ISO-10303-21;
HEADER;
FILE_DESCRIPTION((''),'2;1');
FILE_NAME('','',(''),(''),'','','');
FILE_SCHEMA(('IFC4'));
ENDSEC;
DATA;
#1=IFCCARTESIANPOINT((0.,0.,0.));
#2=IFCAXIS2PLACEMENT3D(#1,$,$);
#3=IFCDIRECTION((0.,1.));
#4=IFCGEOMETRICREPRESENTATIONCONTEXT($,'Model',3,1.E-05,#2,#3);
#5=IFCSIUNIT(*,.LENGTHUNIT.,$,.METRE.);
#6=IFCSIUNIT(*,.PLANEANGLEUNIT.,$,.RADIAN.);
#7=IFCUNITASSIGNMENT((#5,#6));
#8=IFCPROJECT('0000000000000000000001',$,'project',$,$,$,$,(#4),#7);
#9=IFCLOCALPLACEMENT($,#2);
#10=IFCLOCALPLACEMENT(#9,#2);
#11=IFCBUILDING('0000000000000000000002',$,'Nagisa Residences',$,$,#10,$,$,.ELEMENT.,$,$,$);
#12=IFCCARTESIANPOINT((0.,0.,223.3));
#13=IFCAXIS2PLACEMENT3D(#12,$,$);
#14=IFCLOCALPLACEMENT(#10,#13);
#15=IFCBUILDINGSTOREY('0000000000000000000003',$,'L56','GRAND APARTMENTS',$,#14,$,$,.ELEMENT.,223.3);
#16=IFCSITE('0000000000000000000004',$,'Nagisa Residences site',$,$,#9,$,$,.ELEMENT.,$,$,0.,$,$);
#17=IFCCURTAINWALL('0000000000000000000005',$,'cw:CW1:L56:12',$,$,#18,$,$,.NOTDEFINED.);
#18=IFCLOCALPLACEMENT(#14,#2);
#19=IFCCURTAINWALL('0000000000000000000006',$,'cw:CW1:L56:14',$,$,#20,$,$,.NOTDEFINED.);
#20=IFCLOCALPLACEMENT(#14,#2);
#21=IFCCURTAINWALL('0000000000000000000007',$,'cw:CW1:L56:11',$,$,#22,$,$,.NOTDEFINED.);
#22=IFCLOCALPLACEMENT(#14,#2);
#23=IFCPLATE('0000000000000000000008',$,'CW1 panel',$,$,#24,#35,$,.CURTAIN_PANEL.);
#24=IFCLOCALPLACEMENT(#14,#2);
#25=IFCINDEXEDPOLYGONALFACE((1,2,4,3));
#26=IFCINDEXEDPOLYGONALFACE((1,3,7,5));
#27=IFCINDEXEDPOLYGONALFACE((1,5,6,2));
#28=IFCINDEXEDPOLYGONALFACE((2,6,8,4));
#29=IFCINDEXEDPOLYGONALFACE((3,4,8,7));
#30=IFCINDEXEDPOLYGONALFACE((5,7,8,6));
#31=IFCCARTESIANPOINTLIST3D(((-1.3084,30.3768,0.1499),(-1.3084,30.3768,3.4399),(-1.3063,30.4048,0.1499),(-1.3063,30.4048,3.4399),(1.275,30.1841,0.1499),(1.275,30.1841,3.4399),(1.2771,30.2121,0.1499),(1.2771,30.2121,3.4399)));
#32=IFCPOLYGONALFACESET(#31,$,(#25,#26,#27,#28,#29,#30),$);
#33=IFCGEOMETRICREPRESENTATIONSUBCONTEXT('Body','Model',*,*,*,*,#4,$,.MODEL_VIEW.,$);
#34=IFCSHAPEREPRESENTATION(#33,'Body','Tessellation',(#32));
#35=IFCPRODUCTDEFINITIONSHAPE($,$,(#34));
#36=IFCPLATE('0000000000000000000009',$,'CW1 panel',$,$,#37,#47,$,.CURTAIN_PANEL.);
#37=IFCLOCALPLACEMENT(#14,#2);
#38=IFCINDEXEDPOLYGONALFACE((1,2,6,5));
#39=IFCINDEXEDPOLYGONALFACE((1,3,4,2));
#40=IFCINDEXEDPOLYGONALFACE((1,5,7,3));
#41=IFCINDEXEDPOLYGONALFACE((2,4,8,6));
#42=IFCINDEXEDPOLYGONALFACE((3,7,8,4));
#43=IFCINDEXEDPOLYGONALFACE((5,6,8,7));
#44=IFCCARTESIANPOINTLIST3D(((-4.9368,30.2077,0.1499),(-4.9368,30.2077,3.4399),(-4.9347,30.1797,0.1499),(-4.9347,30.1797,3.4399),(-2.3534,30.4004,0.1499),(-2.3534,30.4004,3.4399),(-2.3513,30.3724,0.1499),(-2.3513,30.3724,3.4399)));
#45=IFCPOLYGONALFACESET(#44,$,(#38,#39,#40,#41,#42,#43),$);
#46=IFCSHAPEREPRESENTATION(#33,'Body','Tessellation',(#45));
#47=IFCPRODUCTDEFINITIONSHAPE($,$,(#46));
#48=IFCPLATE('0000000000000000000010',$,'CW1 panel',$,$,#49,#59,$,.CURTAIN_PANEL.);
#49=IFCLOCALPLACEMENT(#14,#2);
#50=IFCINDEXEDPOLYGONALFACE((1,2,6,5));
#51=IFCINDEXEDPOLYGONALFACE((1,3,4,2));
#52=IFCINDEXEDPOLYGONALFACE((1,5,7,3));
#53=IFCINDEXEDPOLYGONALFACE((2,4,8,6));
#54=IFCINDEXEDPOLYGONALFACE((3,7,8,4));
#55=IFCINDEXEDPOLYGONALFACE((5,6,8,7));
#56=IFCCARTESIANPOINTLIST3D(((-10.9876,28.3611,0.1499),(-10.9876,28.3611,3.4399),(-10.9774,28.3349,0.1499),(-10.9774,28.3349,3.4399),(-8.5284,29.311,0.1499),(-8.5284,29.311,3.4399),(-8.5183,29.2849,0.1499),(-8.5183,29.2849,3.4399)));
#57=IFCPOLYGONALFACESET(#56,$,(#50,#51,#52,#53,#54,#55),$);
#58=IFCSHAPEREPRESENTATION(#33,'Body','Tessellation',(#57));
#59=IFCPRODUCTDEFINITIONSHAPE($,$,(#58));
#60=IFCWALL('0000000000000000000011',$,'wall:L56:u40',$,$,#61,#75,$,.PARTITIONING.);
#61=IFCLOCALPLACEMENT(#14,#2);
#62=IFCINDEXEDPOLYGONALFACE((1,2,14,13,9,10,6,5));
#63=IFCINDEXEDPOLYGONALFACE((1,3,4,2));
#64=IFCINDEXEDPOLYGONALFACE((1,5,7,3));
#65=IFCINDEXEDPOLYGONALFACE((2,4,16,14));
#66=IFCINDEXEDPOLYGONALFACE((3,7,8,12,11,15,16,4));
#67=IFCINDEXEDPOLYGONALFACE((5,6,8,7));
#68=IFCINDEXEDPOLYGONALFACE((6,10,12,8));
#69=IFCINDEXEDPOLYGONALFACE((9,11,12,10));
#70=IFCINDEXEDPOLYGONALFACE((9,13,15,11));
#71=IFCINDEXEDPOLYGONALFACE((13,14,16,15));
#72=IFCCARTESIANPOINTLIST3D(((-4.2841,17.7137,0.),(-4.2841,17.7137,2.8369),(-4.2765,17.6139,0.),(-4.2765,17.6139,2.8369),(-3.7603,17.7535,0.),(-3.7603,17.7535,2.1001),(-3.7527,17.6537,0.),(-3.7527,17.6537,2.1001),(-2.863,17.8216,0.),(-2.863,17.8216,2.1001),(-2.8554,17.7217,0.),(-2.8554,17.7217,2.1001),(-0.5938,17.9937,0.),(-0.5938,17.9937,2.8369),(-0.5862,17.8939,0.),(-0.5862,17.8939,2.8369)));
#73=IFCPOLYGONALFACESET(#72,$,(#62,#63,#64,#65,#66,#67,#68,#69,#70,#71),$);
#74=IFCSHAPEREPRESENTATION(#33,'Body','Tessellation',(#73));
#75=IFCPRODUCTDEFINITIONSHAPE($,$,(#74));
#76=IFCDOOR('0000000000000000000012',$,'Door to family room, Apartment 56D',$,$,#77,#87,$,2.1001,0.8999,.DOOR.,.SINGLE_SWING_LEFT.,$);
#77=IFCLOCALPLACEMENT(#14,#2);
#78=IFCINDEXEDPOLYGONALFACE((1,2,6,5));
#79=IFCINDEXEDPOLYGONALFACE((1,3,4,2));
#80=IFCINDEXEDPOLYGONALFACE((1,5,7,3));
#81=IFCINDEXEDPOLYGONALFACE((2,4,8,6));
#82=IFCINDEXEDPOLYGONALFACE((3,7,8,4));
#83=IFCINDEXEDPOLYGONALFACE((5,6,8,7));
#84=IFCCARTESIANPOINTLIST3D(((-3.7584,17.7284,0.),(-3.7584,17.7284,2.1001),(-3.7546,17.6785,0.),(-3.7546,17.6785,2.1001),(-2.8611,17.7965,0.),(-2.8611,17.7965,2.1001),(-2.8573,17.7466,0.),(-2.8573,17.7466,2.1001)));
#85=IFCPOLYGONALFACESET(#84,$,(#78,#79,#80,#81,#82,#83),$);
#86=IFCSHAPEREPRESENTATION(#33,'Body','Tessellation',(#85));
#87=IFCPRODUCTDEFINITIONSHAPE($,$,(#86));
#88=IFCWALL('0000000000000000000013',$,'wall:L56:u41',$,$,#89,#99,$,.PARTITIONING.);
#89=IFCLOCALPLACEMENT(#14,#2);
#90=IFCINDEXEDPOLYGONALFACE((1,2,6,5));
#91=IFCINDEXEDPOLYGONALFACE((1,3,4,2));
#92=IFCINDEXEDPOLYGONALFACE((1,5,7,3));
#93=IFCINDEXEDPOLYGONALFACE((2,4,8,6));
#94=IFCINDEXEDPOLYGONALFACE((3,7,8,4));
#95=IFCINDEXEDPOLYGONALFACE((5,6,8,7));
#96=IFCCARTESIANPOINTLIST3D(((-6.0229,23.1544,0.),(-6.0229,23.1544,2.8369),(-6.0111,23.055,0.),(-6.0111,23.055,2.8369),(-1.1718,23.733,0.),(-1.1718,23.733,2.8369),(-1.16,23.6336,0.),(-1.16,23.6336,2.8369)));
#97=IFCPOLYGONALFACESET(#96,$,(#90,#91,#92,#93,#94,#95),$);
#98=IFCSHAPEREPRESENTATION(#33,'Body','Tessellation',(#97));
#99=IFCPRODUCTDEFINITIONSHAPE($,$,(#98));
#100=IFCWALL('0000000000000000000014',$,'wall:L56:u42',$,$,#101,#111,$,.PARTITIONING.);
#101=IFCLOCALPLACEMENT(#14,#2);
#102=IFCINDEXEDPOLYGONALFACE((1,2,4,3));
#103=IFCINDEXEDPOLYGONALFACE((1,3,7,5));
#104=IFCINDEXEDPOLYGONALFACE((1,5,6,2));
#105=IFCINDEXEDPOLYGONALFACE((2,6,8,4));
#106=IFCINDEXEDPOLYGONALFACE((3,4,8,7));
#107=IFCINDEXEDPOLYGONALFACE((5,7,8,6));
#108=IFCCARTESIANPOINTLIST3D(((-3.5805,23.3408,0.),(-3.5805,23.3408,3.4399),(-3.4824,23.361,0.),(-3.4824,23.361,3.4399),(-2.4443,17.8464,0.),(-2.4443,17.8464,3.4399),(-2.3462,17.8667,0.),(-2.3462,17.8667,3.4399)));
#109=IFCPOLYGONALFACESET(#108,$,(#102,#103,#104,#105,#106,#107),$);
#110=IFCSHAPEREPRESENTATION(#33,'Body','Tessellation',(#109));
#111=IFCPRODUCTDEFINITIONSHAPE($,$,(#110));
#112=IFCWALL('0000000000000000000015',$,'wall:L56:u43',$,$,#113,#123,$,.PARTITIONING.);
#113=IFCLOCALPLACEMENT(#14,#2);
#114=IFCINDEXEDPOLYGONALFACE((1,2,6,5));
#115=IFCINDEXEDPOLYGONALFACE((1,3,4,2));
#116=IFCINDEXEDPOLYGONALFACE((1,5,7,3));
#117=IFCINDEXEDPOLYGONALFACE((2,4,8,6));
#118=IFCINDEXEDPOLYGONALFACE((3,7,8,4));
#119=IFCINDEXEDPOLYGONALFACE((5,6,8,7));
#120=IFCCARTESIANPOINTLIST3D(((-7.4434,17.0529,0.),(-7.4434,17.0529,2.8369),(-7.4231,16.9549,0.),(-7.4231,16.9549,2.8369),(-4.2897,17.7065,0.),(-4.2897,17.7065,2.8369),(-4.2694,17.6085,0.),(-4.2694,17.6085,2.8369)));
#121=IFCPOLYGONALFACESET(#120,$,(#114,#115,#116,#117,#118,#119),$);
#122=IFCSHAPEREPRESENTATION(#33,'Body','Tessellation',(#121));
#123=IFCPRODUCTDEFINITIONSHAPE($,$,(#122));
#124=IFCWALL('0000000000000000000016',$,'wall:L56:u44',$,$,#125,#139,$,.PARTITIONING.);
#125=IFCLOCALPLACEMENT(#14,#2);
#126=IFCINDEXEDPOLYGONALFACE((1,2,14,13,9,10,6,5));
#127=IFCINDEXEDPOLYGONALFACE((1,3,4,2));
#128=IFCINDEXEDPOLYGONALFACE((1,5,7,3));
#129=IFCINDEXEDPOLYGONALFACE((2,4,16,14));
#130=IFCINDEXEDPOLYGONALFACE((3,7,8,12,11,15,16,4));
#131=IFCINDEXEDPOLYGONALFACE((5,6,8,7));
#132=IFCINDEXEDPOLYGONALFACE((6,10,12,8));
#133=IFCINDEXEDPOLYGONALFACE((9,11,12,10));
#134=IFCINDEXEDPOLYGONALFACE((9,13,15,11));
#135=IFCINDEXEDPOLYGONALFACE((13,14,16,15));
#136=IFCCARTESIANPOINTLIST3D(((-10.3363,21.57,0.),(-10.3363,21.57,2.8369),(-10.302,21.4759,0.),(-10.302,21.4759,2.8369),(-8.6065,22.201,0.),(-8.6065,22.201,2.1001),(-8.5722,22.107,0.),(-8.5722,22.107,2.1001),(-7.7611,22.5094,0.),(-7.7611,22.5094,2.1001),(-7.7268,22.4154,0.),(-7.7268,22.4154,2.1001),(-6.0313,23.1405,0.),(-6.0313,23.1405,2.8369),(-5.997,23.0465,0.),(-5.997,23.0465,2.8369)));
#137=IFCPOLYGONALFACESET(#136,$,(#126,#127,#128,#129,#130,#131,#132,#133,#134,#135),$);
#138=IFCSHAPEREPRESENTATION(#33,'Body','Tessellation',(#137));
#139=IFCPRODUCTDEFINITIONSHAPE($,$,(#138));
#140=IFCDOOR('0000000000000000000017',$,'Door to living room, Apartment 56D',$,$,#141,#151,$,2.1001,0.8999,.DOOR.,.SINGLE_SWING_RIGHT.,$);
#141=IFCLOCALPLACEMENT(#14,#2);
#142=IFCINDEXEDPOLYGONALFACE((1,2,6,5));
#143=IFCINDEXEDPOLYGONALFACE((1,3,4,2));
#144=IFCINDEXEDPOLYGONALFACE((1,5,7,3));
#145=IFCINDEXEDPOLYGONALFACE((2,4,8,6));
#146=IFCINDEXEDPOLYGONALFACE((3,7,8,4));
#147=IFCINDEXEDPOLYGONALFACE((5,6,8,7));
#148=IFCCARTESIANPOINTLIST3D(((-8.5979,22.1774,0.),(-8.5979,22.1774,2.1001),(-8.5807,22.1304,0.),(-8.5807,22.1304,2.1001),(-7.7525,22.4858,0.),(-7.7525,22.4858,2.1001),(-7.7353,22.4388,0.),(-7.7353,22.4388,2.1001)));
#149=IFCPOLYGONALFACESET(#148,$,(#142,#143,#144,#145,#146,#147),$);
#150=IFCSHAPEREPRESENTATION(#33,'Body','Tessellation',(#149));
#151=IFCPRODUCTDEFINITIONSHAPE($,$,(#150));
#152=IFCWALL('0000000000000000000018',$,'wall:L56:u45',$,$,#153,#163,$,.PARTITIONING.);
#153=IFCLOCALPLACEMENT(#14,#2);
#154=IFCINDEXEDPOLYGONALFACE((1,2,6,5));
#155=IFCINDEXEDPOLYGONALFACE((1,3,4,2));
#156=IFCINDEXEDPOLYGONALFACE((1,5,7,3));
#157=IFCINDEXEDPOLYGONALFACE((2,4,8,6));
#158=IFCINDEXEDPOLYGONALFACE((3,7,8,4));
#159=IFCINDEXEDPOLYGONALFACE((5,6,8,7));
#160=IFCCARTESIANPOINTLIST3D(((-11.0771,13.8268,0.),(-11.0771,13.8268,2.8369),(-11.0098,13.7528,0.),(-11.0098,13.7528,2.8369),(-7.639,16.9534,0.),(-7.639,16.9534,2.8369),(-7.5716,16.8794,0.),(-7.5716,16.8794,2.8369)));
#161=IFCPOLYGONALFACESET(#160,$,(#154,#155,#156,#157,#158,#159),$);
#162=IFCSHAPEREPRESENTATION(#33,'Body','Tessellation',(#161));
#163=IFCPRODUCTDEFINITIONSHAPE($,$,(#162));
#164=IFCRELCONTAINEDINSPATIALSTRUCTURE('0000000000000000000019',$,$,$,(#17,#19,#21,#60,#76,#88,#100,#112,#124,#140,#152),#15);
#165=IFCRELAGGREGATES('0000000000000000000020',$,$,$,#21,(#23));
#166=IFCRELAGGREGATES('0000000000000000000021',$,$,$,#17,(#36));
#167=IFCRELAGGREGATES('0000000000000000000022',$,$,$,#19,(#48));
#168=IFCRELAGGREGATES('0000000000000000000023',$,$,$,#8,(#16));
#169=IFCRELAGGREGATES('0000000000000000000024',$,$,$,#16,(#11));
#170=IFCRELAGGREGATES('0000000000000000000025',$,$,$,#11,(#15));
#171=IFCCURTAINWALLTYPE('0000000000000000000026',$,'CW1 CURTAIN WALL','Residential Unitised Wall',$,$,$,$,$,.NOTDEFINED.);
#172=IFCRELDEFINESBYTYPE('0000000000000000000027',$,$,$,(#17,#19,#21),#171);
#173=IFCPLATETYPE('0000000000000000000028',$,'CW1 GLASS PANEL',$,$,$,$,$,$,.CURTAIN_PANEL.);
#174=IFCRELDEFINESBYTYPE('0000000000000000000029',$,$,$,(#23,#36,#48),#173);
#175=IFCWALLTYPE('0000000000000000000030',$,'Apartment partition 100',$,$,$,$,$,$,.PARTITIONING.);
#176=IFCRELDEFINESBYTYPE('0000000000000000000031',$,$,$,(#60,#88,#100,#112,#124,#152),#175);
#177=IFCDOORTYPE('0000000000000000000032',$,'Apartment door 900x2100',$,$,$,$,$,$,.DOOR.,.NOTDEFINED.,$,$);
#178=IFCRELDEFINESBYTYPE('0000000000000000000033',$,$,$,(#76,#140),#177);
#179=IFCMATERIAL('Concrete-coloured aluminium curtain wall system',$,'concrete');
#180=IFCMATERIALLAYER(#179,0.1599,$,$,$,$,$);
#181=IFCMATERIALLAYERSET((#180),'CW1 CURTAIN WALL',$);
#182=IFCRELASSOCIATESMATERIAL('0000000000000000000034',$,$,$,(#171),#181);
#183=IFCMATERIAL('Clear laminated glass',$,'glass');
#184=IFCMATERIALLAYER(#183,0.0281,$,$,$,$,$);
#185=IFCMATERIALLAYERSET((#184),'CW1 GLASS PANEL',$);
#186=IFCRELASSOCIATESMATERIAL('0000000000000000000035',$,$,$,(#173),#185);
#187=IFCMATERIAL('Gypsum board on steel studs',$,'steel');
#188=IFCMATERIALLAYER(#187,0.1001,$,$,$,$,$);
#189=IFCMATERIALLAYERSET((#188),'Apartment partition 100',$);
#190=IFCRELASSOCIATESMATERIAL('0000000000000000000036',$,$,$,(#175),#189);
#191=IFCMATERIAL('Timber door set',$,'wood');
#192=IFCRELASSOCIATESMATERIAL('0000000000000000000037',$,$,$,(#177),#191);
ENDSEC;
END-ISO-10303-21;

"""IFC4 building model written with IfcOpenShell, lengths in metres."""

from ifc_helpers import new_model, si_unit, direction, frame, frame_2d, origin, origin_2d, place, context, subcontext, project, spatial, rectangle, extrude, material, layer, layer_set, type_object, element, fill, aggregate, save


model = new_model("IFC4")

# Units and contexts
model_context = context("Model", 3, precision=1e-05, world=origin(), true_north=direction((0.0, 1.0)))
body_context = subcontext(model_context, "Body", "Model", "MODEL_VIEW")
ifc_project = project(units=[si_unit("LENGTHUNIT", "METRE"), si_unit("PLANEANGLEUNIT", "RADIAN")], contexts=[model_context])

# Site, building, storey
site_placement = place(None, origin())
site = spatial("IfcSite", under=ifc_project, at=site_placement, Name="Nagisa Residences site", CompositionType="ELEMENT", RefElevation=0.0)
building_placement = place(site_placement, origin())
building = spatial("IfcBuilding", under=site, at=building_placement, Name="Nagisa Residences", CompositionType="ELEMENT")
storey_placement = place(building_placement, frame((0.0, 0.0, 223.3)))
storey = spatial("IfcBuildingStorey", under=building, at=storey_placement, Name="L56", Description="GRAND APARTMENTS", CompositionType="ELEMENT", Elevation=223.3)

# Curtain walls
ifc_material_1 = material(Name="Concrete-coloured aluminium curtain wall system", Category="concrete")
ifc_layer_1 = layer(ifc_material_1, 0.1599)
ifc_layer_set_1 = layer_set([ifc_layer_1], Name="CW1 CURTAIN WALL")
curtain_wall_type = type_object("IfcCurtainWallType", Name="CW1 CURTAIN WALL", Description="Residential Unitised Wall", PredefinedType="NOTDEFINED", material=ifc_layer_set_1)
curtain_wall_1_placement = place(storey_placement, origin())
curtain_wall_1 = element("IfcCurtainWall", 1, at=curtain_wall_1_placement, inside=storey, type_object=curtain_wall_type, Name="cw:CW1:L56:12", PredefinedType="NOTDEFINED")
curtain_wall_2_placement = place(storey_placement, origin())
curtain_wall_2 = element("IfcCurtainWall", 2, at=curtain_wall_2_placement, inside=storey, type_object=curtain_wall_type, Name="cw:CW1:L56:14", PredefinedType="NOTDEFINED")

# Curtain wall, plate
curtain_wall_3_placement = place(storey_placement, origin())
curtain_wall_3 = element("IfcCurtainWall", 3, at=curtain_wall_3_placement, inside=storey, type_object=curtain_wall_type, Name="cw:CW1:L56:11", PredefinedType="NOTDEFINED")
ifc_material_2 = material(Name="Clear laminated glass", Category="glass")
ifc_layer_2 = layer(ifc_material_2, 0.0281)
ifc_layer_set_2 = layer_set([ifc_layer_2], Name="CW1 GLASS PANEL")
plate_type = type_object("IfcPlateType", Name="CW1 GLASS PANEL", PredefinedType="CURTAIN_PANEL", material=ifc_layer_set_2)
plate_1_placement = place(storey_placement, frame((-0.0156, 30.2944, 0.1499), z_axis=(0.0, 0.0, 1.0), x_axis=(-0.99723, 0.074377, 0.0)))
plate_1 = element("IfcPlate", 4, at=plate_1_placement, type_object=plate_type, Name="CW1 panel", PredefinedType="CURTAIN_PANEL", context=body_context, shape_type="SweptSolid", body=[
    extrude(rectangle(XDim=2.5906, YDim=0.0281, at=origin_2d()), origin(), (0.0, 0.0, 1.0), 3.29),
])
aggregate(curtain_wall_3, [plate_1])

# Plates
plate_2_placement = place(storey_placement, frame((-3.644, 30.29, 0.1499), z_axis=(0.0, 0.0, 1.0), x_axis=(-0.99723, -0.074377, 0.0)))
plate_2 = element("IfcPlate", 5, at=plate_2_placement, type_object=plate_type, Name="CW1 panel", PredefinedType="CURTAIN_PANEL", context=body_context, shape_type="SweptSolid", body=[
    extrude(rectangle(XDim=2.5906, YDim=0.0281, at=origin_2d()), origin(), (0.0, 0.0, 1.0), 3.29),
])
aggregate(curtain_wall_1, [plate_2])
plate_3_placement = place(storey_placement, frame((-9.7529, 28.823, 0.1499), z_axis=(0.0, 0.0, 1.0), x_axis=(-0.932826, -0.360328, 0.0)))
plate_3 = element("IfcPlate", 6, at=plate_3_placement, type_object=plate_type, Name="CW1 panel", PredefinedType="CURTAIN_PANEL", context=body_context, shape_type="SweptSolid", body=[
    extrude(rectangle(XDim=2.6362, YDim=0.0281, at=origin_2d()), origin(), (0.0, 0.0, 1.0), 3.29),
])
aggregate(curtain_wall_2, [plate_3])

# Wall, opening, door
ifc_material_3 = material(Name="Gypsum board on steel studs", Category="steel")
ifc_layer_3 = layer(ifc_material_3, 0.1001)
ifc_layer_set_3 = layer_set([ifc_layer_3], Name="Apartment partition 100")
wall_type_1 = type_object("IfcWallType", Name="Apartment partition 100", PredefinedType="PARTITIONING", material=ifc_layer_set_3)
wall_1_placement = place(storey_placement, frame((-0.5898, 17.9438, 0.0), z_axis=(0.0, 0.0, 1.0), x_axis=(-0.997133, -0.075662, 0.0)))
wall_1 = element("IfcWall", 7, at=wall_1_placement, inside=storey, type_object=wall_type_1, Name="wall:L56:u40", PredefinedType="PARTITIONING", context=body_context, shape_type="SweptSolid", body=[
    extrude(rectangle(XDim=3.7009, YDim=0.1001, at=frame_2d((1.8506, 0.0))), origin(), (0.0, 0.0, 1.0), 2.8369),
])
opening_1_placement = place(wall_1_placement, frame((2.2759, 0.0, 0.0)))
opening_1 = element("IfcOpeningElement", 8, at=opening_1_placement, cuts=wall_1, PredefinedType="OPENING", context=body_context, shape_type="SweptSolid", body=[
    extrude(rectangle(XDim=0.8999, YDim=2.1001, at=frame_2d((0.45, 1.05))), frame((0.0, 0.0601, 0.0), z_axis=(0.0, -1.0, 0.0), x_axis=(1.0, 0.0, 0.0)), (0.0, 0.0, 1.0), 0.1201),
])
ifc_material_4 = material(Name="Timber door set", Category="wood")
door_type_1 = type_object("IfcDoorType", Name="Apartment door 900x2100", OperationType="NOTDEFINED", PredefinedType="DOOR", material=ifc_material_4)
door_1_placement = place(opening_1_placement, frame((0.8999, 0.0, 0.0), x_axis=(-1.0, 0.0, 0.0)))
door_1 = element("IfcDoor", 9, at=door_1_placement, inside=storey, type_object=door_type_1, Name="Door to family room, Apartment 56D", OperationType="SINGLE_SWING_LEFT", OverallHeight=2.1001, OverallWidth=0.8999, PredefinedType="DOOR", context=body_context, shape_type="SweptSolid", body=[
    extrude(rectangle(XDim=0.8999, YDim=2.1001, at=frame_2d((0.45, 1.05))), frame((0.0, 0.0249, 0.0), z_axis=(0.0, -1.0, 0.0), x_axis=(1.0, 0.0, 0.0)), (0.0, 0.0, 1.0), 0.05),
])
fill(opening_1, door_1)

# Walls
wall_2_placement = place(storey_placement, frame((-1.1658, 23.6833, 0.0), z_axis=(0.0, 0.0, 1.0), x_axis=(-0.992962, -0.118436, 0.0)))
element("IfcWall", 10, at=wall_2_placement, inside=storey, type_object=wall_type_1, Name="wall:L56:u41", PredefinedType="PARTITIONING", context=body_context, shape_type="SweptSolid", body=[
    extrude(rectangle(XDim=4.8855, YDim=0.1001, at=frame_2d((2.4429, 0.0))), origin(), (0.0, 0.0, 1.0), 2.8369),
])
wall_3_placement = place(storey_placement, frame((-2.3953, 17.8567, 0.0), z_axis=(0.0, 0.0, 1.0), x_axis=(-0.202514, 0.979279, 0.0)))
element("IfcWall", 11, at=wall_3_placement, inside=storey, type_object=wall_type_1, Name="wall:L56:u42", PredefinedType="PARTITIONING", context=body_context, shape_type="SweptSolid", body=[
    extrude(rectangle(XDim=5.6106, YDim=0.1001, at=frame_2d((2.8052, 0.0))), origin(), (0.0, 0.0, 1.0), 3.4399),
])
wall_4_placement = place(storey_placement, frame((-4.2795, 17.6575, 0.0), z_axis=(0.0, 0.0, 1.0), x_axis=(-0.979196, -0.202919, 0.0)))
element("IfcWall", 12, at=wall_4_placement, inside=storey, type_object=wall_type_1, Name="wall:L56:u43", PredefinedType="PARTITIONING", context=body_context, shape_type="SweptSolid", body=[
    extrude(rectangle(XDim=3.2207, YDim=0.1001, at=frame_2d((1.6104, 0.0))), origin(), (0.0, 0.0, 1.0), 2.8369),
])

# Wall, opening, door
wall_5_placement = place(storey_placement, frame((-6.0142, 23.0935, 0.0), z_axis=(0.0, 0.0, 1.0), x_axis=(-0.939434, -0.342731, 0.0)))
wall_5 = element("IfcWall", 13, at=wall_5_placement, inside=storey, type_object=wall_type_1, Name="wall:L56:u44", PredefinedType="PARTITIONING", context=body_context, shape_type="SweptSolid", body=[
    extrude(rectangle(XDim=4.5825, YDim=0.1001, at=frame_2d((2.2913, 0.0))), origin(), (0.0, 0.0, 1.0), 2.8369),
])
opening_2_placement = place(wall_5_placement, frame((1.8413, 0.0, 0.0)))
opening_2 = element("IfcOpeningElement", 14, at=opening_2_placement, cuts=wall_5, PredefinedType="OPENING", context=body_context, shape_type="SweptSolid", body=[
    extrude(rectangle(XDim=0.8999, YDim=2.1001, at=frame_2d((0.45, 1.05))), frame((0.0, 0.0601, 0.0), z_axis=(0.0, -1.0, 0.0), x_axis=(1.0, 0.0, 0.0)), (0.0, 0.0, 1.0), 0.1201),
])
door_2_placement = place(opening_2_placement, frame((0.8999, 0.0, 0.0), x_axis=(-1.0, 0.0, 0.0)))
door_2 = element("IfcDoor", 15, at=door_2_placement, inside=storey, type_object=door_type_1, Name="Door to living room, Apartment 56D", OperationType="SINGLE_SWING_RIGHT", OverallHeight=2.1001, OverallWidth=0.8999, PredefinedType="DOOR", context=body_context, shape_type="SweptSolid", body=[
    extrude(rectangle(XDim=0.8999, YDim=2.1001, at=frame_2d((0.45, 1.05))), frame((0.0, 0.0249, 0.0), z_axis=(0.0, -1.0, 0.0), x_axis=(1.0, 0.0, 0.0)), (0.0, 0.0, 1.0), 0.05),
])
fill(opening_2, door_2)

# Wall
wall_6_placement = place(storey_placement, frame((-7.6052, 16.9165, 0.0), z_axis=(0.0, 0.0, 1.0), x_axis=(-0.739828, -0.672796, 0.0)))
element("IfcWall", 16, at=wall_6_placement, inside=storey, type_object=wall_type_1, Name="wall:L56:u45", PredefinedType="PARTITIONING", context=body_context, shape_type="SweptSolid", body=[
    extrude(rectangle(XDim=4.6472, YDim=0.1001, at=frame_2d((2.3237, 0.0))), origin(), (0.0, 0.0, 1.0), 2.8369),
])

save(model, "model.ifc")
